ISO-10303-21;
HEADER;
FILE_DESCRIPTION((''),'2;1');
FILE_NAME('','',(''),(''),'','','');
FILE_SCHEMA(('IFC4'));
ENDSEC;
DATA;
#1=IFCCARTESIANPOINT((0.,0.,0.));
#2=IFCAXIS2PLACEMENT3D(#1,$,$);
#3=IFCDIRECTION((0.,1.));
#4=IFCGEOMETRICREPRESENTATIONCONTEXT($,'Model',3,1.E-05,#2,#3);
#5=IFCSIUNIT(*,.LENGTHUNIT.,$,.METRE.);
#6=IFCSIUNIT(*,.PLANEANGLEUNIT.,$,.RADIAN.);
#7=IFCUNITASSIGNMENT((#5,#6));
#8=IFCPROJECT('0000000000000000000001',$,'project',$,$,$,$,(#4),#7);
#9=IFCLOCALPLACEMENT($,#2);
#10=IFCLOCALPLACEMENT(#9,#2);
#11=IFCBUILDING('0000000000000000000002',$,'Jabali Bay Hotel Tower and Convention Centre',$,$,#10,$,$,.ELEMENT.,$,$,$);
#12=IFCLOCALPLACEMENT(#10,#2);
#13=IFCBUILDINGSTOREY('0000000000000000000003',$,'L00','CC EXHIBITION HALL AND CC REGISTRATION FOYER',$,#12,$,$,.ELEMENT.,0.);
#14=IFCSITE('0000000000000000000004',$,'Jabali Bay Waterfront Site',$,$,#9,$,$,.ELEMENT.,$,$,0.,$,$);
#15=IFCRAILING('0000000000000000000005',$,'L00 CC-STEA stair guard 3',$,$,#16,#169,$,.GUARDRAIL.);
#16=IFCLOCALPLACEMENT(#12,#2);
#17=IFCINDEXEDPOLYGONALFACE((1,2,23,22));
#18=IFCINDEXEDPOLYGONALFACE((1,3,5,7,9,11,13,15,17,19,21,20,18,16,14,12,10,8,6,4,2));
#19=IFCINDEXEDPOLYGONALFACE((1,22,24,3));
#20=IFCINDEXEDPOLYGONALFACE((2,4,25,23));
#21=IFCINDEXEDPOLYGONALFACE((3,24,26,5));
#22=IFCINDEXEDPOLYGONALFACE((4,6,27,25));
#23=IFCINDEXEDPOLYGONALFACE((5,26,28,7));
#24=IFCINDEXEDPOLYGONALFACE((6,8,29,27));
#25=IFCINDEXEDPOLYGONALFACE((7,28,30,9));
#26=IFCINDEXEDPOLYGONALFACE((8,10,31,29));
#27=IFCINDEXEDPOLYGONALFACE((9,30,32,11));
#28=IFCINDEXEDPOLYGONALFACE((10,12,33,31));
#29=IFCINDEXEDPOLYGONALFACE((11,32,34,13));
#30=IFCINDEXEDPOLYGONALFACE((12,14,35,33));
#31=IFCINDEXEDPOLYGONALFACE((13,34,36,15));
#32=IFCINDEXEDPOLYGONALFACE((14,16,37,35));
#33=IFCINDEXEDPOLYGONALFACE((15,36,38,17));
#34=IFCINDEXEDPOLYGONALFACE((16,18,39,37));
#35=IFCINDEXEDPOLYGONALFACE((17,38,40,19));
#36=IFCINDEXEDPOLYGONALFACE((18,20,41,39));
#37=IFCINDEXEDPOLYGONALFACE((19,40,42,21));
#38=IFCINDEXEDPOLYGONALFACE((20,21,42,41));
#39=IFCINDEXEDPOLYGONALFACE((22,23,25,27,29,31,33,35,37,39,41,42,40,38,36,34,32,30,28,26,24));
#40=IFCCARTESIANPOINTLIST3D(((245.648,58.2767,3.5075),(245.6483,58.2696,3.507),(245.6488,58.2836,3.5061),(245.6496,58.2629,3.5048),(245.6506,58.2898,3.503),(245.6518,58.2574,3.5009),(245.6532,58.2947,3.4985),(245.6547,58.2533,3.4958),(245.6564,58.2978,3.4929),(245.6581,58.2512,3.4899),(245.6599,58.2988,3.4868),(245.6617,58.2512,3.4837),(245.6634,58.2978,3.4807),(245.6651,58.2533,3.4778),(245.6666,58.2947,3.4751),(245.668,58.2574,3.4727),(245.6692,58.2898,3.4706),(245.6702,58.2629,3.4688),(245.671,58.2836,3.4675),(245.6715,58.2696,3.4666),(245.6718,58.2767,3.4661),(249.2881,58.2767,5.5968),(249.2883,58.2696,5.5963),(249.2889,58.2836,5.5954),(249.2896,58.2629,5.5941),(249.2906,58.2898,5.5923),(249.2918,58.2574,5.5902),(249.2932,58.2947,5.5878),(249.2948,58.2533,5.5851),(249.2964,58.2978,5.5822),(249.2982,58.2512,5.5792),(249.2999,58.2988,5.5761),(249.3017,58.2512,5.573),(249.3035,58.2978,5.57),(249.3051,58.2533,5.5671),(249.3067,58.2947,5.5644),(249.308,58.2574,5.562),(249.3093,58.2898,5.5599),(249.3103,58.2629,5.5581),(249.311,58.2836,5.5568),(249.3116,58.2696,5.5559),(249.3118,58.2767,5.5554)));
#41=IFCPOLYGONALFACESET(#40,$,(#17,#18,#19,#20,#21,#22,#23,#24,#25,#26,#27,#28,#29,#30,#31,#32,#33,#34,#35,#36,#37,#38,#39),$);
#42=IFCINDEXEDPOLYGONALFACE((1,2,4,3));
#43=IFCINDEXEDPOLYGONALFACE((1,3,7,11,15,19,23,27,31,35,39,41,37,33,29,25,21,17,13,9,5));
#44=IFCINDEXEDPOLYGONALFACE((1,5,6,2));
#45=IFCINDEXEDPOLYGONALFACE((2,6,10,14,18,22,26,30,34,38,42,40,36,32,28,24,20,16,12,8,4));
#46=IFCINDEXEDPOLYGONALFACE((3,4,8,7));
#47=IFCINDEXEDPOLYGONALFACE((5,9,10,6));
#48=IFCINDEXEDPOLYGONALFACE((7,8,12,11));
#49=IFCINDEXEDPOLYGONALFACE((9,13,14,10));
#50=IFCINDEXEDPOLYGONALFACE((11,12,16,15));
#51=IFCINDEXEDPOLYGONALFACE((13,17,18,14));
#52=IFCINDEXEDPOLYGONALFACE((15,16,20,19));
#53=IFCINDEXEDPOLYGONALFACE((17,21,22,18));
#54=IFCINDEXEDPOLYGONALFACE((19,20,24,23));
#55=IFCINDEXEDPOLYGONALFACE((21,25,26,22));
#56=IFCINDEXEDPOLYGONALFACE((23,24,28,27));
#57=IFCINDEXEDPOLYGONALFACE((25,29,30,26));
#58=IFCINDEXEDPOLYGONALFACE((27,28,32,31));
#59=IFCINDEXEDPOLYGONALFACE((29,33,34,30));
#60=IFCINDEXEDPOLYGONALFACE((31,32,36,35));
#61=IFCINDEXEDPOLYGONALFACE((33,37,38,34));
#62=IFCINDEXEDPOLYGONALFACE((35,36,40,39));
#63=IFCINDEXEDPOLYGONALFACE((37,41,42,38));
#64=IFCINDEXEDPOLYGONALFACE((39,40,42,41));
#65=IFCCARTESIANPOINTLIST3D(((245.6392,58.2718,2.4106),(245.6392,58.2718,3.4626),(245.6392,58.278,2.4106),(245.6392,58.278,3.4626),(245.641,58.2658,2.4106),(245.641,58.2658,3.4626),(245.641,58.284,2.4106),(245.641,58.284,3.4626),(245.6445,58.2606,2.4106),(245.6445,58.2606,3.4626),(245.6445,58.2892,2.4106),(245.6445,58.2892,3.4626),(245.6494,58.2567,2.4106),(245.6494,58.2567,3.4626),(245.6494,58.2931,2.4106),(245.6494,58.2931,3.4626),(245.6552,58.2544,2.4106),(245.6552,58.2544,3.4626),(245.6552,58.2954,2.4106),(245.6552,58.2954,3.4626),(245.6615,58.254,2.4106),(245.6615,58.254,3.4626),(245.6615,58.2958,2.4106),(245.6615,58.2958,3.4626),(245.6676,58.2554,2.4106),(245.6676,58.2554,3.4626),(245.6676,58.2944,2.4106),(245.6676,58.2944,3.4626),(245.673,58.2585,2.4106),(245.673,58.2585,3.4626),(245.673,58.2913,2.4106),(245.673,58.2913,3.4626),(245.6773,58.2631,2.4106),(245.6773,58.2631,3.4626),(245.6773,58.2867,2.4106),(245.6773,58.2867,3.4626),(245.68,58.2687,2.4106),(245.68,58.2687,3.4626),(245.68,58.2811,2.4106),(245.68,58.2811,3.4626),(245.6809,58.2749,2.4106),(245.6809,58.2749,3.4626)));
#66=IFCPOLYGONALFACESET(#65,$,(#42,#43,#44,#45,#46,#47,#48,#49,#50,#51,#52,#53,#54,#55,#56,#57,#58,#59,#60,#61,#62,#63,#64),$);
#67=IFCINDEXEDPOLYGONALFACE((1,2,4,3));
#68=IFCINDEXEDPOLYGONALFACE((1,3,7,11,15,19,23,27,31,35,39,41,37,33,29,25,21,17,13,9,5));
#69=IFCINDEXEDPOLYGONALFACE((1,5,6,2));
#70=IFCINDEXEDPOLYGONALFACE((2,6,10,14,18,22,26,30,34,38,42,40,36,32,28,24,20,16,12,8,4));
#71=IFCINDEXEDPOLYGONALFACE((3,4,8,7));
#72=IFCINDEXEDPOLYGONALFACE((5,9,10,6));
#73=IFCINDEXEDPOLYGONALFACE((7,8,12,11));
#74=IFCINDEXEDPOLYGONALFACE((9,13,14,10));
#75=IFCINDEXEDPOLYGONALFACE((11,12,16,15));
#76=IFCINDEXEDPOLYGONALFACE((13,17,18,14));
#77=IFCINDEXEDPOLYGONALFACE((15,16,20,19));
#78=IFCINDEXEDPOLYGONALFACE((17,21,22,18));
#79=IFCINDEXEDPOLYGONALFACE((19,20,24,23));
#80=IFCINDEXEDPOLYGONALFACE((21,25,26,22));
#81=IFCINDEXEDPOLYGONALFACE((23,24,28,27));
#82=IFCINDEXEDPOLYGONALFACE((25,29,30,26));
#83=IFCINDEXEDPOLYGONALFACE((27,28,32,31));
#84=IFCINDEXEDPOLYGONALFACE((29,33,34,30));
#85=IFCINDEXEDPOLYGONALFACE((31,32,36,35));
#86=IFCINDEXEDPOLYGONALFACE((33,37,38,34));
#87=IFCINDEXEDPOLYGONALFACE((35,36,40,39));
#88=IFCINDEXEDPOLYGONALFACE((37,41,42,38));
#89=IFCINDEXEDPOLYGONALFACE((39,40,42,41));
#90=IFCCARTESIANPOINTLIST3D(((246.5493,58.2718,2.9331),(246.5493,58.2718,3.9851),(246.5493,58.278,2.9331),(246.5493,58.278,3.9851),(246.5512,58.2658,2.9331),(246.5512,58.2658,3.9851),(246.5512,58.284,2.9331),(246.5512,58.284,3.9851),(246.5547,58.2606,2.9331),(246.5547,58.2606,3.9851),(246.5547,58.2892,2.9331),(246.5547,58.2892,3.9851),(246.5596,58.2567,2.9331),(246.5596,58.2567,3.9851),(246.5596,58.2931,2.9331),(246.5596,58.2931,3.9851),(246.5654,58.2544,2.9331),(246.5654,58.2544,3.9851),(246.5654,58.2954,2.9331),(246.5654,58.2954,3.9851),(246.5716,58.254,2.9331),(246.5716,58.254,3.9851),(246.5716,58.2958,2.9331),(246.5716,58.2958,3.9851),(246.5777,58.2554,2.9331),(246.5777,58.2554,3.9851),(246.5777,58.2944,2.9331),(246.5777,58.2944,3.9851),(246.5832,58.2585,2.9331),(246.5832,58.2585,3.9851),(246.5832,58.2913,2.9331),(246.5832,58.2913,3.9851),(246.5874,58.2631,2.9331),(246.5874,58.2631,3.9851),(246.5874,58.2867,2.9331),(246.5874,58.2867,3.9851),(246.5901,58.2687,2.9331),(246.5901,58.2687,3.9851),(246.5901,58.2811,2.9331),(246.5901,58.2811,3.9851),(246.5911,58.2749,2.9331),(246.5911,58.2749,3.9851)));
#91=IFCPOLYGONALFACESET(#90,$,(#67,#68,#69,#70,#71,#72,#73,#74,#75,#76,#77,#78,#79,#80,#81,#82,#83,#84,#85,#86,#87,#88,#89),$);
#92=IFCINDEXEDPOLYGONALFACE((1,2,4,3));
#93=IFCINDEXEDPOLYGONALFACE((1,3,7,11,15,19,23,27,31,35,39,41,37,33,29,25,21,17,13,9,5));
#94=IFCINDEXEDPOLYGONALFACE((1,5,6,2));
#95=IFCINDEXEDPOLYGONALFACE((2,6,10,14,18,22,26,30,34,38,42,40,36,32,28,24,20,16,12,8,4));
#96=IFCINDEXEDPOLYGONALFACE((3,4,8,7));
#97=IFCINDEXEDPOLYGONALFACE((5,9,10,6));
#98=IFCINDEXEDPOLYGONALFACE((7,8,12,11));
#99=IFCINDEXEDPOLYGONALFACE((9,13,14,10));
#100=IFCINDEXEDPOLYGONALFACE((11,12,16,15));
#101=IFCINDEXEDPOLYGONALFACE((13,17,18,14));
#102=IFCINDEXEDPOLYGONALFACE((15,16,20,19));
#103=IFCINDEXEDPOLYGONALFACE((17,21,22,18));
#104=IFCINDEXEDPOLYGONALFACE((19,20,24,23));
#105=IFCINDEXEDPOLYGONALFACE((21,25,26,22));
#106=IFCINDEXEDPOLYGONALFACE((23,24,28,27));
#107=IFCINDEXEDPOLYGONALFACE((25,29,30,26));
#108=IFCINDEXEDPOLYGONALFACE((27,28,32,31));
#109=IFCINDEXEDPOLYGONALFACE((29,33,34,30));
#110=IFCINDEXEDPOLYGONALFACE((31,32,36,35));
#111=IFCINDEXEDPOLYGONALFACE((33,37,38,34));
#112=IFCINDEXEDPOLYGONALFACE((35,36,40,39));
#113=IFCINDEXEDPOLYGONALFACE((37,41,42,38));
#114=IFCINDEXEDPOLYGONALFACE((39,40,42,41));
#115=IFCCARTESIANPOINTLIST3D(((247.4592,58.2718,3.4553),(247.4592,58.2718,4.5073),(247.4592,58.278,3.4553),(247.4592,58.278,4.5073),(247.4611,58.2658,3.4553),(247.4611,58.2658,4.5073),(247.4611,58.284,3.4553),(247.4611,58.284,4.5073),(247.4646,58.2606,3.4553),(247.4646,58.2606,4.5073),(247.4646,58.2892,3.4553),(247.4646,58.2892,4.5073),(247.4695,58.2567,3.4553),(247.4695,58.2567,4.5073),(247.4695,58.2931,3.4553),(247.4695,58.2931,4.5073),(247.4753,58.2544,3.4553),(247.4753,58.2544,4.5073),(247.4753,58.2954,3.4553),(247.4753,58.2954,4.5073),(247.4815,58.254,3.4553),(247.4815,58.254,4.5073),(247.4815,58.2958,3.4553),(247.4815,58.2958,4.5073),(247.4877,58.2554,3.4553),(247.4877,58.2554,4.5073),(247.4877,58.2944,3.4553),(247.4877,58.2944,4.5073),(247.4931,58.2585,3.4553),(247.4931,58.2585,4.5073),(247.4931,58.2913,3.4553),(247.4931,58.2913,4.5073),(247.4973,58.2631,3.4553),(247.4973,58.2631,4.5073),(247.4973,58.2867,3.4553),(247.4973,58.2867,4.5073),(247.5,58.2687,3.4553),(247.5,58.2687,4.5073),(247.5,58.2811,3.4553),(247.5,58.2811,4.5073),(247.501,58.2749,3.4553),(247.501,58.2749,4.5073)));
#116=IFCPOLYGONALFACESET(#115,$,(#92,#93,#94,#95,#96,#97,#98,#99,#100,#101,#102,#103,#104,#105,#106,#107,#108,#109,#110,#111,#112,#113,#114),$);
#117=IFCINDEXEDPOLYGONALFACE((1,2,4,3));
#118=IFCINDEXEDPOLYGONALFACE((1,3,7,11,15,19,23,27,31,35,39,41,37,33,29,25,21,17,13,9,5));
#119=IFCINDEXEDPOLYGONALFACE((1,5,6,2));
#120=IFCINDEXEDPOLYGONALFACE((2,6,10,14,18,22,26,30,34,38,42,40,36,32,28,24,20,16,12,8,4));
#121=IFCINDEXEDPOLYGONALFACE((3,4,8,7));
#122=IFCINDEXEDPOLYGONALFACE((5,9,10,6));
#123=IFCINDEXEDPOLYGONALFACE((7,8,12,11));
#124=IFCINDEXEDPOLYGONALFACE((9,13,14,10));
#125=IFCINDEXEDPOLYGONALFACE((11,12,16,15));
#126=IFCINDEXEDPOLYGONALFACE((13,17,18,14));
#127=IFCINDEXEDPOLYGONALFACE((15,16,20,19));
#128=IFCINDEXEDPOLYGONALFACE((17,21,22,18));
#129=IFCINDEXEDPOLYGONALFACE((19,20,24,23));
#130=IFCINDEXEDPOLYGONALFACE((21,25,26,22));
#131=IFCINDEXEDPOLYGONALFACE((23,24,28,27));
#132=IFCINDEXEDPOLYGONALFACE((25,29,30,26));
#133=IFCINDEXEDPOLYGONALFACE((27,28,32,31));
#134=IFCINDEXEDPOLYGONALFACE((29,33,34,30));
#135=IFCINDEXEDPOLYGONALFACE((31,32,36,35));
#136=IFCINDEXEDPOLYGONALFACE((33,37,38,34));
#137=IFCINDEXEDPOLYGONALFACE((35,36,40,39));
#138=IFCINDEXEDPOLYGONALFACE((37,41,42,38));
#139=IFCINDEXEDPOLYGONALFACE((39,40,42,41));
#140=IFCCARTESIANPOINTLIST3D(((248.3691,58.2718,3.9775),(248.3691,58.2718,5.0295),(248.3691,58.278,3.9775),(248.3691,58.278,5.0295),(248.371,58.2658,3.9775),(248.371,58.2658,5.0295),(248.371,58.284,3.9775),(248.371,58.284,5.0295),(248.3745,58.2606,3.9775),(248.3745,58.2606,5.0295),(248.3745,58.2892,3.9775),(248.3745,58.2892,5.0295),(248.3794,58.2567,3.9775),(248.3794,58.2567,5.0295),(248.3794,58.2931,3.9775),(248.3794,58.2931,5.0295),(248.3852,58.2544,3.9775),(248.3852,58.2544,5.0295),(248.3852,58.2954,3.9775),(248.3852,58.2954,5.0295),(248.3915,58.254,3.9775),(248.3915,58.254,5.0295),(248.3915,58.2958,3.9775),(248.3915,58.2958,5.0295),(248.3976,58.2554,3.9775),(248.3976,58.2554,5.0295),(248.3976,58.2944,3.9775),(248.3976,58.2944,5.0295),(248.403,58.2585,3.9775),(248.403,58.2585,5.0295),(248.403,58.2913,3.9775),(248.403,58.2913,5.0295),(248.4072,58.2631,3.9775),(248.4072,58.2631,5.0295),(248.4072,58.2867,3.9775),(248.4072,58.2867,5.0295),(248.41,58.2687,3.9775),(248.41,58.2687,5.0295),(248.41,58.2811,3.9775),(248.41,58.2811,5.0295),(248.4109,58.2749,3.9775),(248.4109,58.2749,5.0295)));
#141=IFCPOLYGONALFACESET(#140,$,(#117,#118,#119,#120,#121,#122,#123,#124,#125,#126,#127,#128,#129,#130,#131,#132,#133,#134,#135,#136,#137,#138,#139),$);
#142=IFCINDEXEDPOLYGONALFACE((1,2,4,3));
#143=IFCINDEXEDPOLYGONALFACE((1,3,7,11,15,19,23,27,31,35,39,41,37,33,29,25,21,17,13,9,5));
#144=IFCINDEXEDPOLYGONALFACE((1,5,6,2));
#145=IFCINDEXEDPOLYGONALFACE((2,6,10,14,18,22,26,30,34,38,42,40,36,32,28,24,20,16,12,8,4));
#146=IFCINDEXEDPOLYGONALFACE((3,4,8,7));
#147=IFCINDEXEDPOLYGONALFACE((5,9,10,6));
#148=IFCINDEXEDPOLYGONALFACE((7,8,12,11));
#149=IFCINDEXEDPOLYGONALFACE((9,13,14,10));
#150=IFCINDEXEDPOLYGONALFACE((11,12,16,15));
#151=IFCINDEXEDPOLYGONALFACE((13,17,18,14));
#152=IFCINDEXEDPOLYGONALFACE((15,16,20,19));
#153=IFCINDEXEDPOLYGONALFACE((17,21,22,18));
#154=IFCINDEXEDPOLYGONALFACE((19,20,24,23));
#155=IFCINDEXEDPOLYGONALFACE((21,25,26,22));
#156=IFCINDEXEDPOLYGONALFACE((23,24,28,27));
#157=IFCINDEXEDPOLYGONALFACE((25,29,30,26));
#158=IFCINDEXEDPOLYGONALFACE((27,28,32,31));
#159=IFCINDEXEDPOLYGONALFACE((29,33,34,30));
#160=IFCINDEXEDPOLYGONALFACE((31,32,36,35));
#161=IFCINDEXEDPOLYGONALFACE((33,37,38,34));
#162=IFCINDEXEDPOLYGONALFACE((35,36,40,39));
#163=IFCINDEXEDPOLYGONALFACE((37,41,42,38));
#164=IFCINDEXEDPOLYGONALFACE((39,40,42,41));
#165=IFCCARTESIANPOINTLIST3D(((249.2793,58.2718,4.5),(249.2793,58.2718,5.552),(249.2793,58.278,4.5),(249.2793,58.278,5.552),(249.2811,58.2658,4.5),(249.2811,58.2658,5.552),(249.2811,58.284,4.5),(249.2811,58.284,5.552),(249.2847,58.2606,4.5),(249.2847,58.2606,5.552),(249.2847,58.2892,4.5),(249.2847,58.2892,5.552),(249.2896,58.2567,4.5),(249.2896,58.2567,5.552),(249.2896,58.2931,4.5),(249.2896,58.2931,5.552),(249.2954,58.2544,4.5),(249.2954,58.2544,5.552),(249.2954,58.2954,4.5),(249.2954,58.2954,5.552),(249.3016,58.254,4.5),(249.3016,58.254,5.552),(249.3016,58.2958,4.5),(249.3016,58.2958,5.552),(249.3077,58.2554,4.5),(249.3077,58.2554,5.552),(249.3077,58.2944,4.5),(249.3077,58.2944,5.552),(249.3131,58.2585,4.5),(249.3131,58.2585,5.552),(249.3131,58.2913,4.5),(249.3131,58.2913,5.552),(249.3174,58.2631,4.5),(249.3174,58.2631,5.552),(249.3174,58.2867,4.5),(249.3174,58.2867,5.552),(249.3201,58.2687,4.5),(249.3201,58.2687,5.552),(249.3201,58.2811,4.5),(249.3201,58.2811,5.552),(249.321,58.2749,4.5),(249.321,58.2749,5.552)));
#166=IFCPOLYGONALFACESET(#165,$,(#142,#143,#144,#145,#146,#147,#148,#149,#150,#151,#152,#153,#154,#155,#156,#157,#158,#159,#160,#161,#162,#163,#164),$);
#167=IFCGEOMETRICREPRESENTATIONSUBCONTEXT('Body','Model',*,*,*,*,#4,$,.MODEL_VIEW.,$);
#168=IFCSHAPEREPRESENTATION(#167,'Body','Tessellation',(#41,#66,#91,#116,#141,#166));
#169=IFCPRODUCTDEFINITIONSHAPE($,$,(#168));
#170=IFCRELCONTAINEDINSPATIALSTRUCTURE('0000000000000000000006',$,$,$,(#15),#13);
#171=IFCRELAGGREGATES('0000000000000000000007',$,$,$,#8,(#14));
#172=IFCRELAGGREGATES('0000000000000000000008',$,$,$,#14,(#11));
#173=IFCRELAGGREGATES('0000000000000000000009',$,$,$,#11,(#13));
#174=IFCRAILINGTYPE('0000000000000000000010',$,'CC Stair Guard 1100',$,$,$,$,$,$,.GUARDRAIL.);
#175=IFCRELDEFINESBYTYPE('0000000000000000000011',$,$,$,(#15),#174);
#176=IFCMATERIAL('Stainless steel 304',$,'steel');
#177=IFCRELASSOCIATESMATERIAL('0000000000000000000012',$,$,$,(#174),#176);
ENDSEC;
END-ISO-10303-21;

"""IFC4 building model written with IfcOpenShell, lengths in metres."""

from ifc_helpers import new_model, si_unit, direction, frame, origin, origin_2d, place, context, subcontext, project, spatial, circle, extrude, material, type_object, element, save


model = new_model("IFC4")

# Units and contexts
model_context = context("Model", 3, precision=1e-05, world=origin(), true_north=direction((0.0, 1.0)))
body_context = subcontext(model_context, "Body", "Model", "MODEL_VIEW")
ifc_project = project(units=[si_unit("LENGTHUNIT", "METRE"), si_unit("PLANEANGLEUNIT", "RADIAN")], contexts=[model_context])

# Site, building, storey
site_placement = place(None, origin())
site = spatial("IfcSite", under=ifc_project, at=site_placement, Name="Jabali Bay Waterfront Site", CompositionType="ELEMENT", RefElevation=0.0)
building_placement = place(site_placement, origin())
building = spatial("IfcBuilding", under=site, at=building_placement, Name="Jabali Bay Hotel Tower and Convention Centre", CompositionType="ELEMENT")
storey_placement = place(building_placement, origin())
storey = spatial("IfcBuildingStorey", under=building, at=storey_placement, Name="L00", Description="CC EXHIBITION HALL AND CC REGISTRATION FOYER", CompositionType="ELEMENT", Elevation=0.0)

# Railing
ifc_material_1 = material(Name="Stainless steel 304", Category="steel")
railing_type_1 = type_object("IfcRailingType", Name="CC Stair Guard 1100", PredefinedType="GUARDRAIL", material=ifc_material_1)
railing_1_placement = place(storey_placement, frame((245.6599, 58.2749, 2.4106)))
element("IfcRailing", 1, at=railing_1_placement, inside=storey, type_object=railing_type_1, Name="L00 CC-STEA stair guard 3", PredefinedType="GUARDRAIL", context=body_context, shape_type="SweptSolid", body=[
    extrude(circle(Radius=0.0239, at=origin_2d()), frame((0.0, 0.0, 1.0762), z_axis=(0.867289, 0.0, 0.497804), x_axis=(0.0, 1.0, 0.0)), (0.0, 0.0, 1.0), 4.197),
    extrude(circle(Radius=0.021, at=origin_2d()), origin(), (0.0, 0.0, 1.0), 1.052),
    extrude(circle(Radius=0.021, at=origin_2d()), frame((0.9102, 0.0, 0.5225)), (0.0, 0.0, 1.0), 1.052),
    extrude(circle(Radius=0.021, at=origin_2d()), frame((1.8201, 0.0, 1.0447)), (0.0, 0.0, 1.0), 1.052),
    extrude(circle(Radius=0.021, at=origin_2d()), frame((2.73, 0.0, 1.5669)), (0.0, 0.0, 1.0), 1.052),
    extrude(circle(Radius=0.021, at=origin_2d()), frame((3.6401, 0.0, 2.0894)), (0.0, 0.0, 1.0), 1.052),
])

save(model, "model.ifc")
